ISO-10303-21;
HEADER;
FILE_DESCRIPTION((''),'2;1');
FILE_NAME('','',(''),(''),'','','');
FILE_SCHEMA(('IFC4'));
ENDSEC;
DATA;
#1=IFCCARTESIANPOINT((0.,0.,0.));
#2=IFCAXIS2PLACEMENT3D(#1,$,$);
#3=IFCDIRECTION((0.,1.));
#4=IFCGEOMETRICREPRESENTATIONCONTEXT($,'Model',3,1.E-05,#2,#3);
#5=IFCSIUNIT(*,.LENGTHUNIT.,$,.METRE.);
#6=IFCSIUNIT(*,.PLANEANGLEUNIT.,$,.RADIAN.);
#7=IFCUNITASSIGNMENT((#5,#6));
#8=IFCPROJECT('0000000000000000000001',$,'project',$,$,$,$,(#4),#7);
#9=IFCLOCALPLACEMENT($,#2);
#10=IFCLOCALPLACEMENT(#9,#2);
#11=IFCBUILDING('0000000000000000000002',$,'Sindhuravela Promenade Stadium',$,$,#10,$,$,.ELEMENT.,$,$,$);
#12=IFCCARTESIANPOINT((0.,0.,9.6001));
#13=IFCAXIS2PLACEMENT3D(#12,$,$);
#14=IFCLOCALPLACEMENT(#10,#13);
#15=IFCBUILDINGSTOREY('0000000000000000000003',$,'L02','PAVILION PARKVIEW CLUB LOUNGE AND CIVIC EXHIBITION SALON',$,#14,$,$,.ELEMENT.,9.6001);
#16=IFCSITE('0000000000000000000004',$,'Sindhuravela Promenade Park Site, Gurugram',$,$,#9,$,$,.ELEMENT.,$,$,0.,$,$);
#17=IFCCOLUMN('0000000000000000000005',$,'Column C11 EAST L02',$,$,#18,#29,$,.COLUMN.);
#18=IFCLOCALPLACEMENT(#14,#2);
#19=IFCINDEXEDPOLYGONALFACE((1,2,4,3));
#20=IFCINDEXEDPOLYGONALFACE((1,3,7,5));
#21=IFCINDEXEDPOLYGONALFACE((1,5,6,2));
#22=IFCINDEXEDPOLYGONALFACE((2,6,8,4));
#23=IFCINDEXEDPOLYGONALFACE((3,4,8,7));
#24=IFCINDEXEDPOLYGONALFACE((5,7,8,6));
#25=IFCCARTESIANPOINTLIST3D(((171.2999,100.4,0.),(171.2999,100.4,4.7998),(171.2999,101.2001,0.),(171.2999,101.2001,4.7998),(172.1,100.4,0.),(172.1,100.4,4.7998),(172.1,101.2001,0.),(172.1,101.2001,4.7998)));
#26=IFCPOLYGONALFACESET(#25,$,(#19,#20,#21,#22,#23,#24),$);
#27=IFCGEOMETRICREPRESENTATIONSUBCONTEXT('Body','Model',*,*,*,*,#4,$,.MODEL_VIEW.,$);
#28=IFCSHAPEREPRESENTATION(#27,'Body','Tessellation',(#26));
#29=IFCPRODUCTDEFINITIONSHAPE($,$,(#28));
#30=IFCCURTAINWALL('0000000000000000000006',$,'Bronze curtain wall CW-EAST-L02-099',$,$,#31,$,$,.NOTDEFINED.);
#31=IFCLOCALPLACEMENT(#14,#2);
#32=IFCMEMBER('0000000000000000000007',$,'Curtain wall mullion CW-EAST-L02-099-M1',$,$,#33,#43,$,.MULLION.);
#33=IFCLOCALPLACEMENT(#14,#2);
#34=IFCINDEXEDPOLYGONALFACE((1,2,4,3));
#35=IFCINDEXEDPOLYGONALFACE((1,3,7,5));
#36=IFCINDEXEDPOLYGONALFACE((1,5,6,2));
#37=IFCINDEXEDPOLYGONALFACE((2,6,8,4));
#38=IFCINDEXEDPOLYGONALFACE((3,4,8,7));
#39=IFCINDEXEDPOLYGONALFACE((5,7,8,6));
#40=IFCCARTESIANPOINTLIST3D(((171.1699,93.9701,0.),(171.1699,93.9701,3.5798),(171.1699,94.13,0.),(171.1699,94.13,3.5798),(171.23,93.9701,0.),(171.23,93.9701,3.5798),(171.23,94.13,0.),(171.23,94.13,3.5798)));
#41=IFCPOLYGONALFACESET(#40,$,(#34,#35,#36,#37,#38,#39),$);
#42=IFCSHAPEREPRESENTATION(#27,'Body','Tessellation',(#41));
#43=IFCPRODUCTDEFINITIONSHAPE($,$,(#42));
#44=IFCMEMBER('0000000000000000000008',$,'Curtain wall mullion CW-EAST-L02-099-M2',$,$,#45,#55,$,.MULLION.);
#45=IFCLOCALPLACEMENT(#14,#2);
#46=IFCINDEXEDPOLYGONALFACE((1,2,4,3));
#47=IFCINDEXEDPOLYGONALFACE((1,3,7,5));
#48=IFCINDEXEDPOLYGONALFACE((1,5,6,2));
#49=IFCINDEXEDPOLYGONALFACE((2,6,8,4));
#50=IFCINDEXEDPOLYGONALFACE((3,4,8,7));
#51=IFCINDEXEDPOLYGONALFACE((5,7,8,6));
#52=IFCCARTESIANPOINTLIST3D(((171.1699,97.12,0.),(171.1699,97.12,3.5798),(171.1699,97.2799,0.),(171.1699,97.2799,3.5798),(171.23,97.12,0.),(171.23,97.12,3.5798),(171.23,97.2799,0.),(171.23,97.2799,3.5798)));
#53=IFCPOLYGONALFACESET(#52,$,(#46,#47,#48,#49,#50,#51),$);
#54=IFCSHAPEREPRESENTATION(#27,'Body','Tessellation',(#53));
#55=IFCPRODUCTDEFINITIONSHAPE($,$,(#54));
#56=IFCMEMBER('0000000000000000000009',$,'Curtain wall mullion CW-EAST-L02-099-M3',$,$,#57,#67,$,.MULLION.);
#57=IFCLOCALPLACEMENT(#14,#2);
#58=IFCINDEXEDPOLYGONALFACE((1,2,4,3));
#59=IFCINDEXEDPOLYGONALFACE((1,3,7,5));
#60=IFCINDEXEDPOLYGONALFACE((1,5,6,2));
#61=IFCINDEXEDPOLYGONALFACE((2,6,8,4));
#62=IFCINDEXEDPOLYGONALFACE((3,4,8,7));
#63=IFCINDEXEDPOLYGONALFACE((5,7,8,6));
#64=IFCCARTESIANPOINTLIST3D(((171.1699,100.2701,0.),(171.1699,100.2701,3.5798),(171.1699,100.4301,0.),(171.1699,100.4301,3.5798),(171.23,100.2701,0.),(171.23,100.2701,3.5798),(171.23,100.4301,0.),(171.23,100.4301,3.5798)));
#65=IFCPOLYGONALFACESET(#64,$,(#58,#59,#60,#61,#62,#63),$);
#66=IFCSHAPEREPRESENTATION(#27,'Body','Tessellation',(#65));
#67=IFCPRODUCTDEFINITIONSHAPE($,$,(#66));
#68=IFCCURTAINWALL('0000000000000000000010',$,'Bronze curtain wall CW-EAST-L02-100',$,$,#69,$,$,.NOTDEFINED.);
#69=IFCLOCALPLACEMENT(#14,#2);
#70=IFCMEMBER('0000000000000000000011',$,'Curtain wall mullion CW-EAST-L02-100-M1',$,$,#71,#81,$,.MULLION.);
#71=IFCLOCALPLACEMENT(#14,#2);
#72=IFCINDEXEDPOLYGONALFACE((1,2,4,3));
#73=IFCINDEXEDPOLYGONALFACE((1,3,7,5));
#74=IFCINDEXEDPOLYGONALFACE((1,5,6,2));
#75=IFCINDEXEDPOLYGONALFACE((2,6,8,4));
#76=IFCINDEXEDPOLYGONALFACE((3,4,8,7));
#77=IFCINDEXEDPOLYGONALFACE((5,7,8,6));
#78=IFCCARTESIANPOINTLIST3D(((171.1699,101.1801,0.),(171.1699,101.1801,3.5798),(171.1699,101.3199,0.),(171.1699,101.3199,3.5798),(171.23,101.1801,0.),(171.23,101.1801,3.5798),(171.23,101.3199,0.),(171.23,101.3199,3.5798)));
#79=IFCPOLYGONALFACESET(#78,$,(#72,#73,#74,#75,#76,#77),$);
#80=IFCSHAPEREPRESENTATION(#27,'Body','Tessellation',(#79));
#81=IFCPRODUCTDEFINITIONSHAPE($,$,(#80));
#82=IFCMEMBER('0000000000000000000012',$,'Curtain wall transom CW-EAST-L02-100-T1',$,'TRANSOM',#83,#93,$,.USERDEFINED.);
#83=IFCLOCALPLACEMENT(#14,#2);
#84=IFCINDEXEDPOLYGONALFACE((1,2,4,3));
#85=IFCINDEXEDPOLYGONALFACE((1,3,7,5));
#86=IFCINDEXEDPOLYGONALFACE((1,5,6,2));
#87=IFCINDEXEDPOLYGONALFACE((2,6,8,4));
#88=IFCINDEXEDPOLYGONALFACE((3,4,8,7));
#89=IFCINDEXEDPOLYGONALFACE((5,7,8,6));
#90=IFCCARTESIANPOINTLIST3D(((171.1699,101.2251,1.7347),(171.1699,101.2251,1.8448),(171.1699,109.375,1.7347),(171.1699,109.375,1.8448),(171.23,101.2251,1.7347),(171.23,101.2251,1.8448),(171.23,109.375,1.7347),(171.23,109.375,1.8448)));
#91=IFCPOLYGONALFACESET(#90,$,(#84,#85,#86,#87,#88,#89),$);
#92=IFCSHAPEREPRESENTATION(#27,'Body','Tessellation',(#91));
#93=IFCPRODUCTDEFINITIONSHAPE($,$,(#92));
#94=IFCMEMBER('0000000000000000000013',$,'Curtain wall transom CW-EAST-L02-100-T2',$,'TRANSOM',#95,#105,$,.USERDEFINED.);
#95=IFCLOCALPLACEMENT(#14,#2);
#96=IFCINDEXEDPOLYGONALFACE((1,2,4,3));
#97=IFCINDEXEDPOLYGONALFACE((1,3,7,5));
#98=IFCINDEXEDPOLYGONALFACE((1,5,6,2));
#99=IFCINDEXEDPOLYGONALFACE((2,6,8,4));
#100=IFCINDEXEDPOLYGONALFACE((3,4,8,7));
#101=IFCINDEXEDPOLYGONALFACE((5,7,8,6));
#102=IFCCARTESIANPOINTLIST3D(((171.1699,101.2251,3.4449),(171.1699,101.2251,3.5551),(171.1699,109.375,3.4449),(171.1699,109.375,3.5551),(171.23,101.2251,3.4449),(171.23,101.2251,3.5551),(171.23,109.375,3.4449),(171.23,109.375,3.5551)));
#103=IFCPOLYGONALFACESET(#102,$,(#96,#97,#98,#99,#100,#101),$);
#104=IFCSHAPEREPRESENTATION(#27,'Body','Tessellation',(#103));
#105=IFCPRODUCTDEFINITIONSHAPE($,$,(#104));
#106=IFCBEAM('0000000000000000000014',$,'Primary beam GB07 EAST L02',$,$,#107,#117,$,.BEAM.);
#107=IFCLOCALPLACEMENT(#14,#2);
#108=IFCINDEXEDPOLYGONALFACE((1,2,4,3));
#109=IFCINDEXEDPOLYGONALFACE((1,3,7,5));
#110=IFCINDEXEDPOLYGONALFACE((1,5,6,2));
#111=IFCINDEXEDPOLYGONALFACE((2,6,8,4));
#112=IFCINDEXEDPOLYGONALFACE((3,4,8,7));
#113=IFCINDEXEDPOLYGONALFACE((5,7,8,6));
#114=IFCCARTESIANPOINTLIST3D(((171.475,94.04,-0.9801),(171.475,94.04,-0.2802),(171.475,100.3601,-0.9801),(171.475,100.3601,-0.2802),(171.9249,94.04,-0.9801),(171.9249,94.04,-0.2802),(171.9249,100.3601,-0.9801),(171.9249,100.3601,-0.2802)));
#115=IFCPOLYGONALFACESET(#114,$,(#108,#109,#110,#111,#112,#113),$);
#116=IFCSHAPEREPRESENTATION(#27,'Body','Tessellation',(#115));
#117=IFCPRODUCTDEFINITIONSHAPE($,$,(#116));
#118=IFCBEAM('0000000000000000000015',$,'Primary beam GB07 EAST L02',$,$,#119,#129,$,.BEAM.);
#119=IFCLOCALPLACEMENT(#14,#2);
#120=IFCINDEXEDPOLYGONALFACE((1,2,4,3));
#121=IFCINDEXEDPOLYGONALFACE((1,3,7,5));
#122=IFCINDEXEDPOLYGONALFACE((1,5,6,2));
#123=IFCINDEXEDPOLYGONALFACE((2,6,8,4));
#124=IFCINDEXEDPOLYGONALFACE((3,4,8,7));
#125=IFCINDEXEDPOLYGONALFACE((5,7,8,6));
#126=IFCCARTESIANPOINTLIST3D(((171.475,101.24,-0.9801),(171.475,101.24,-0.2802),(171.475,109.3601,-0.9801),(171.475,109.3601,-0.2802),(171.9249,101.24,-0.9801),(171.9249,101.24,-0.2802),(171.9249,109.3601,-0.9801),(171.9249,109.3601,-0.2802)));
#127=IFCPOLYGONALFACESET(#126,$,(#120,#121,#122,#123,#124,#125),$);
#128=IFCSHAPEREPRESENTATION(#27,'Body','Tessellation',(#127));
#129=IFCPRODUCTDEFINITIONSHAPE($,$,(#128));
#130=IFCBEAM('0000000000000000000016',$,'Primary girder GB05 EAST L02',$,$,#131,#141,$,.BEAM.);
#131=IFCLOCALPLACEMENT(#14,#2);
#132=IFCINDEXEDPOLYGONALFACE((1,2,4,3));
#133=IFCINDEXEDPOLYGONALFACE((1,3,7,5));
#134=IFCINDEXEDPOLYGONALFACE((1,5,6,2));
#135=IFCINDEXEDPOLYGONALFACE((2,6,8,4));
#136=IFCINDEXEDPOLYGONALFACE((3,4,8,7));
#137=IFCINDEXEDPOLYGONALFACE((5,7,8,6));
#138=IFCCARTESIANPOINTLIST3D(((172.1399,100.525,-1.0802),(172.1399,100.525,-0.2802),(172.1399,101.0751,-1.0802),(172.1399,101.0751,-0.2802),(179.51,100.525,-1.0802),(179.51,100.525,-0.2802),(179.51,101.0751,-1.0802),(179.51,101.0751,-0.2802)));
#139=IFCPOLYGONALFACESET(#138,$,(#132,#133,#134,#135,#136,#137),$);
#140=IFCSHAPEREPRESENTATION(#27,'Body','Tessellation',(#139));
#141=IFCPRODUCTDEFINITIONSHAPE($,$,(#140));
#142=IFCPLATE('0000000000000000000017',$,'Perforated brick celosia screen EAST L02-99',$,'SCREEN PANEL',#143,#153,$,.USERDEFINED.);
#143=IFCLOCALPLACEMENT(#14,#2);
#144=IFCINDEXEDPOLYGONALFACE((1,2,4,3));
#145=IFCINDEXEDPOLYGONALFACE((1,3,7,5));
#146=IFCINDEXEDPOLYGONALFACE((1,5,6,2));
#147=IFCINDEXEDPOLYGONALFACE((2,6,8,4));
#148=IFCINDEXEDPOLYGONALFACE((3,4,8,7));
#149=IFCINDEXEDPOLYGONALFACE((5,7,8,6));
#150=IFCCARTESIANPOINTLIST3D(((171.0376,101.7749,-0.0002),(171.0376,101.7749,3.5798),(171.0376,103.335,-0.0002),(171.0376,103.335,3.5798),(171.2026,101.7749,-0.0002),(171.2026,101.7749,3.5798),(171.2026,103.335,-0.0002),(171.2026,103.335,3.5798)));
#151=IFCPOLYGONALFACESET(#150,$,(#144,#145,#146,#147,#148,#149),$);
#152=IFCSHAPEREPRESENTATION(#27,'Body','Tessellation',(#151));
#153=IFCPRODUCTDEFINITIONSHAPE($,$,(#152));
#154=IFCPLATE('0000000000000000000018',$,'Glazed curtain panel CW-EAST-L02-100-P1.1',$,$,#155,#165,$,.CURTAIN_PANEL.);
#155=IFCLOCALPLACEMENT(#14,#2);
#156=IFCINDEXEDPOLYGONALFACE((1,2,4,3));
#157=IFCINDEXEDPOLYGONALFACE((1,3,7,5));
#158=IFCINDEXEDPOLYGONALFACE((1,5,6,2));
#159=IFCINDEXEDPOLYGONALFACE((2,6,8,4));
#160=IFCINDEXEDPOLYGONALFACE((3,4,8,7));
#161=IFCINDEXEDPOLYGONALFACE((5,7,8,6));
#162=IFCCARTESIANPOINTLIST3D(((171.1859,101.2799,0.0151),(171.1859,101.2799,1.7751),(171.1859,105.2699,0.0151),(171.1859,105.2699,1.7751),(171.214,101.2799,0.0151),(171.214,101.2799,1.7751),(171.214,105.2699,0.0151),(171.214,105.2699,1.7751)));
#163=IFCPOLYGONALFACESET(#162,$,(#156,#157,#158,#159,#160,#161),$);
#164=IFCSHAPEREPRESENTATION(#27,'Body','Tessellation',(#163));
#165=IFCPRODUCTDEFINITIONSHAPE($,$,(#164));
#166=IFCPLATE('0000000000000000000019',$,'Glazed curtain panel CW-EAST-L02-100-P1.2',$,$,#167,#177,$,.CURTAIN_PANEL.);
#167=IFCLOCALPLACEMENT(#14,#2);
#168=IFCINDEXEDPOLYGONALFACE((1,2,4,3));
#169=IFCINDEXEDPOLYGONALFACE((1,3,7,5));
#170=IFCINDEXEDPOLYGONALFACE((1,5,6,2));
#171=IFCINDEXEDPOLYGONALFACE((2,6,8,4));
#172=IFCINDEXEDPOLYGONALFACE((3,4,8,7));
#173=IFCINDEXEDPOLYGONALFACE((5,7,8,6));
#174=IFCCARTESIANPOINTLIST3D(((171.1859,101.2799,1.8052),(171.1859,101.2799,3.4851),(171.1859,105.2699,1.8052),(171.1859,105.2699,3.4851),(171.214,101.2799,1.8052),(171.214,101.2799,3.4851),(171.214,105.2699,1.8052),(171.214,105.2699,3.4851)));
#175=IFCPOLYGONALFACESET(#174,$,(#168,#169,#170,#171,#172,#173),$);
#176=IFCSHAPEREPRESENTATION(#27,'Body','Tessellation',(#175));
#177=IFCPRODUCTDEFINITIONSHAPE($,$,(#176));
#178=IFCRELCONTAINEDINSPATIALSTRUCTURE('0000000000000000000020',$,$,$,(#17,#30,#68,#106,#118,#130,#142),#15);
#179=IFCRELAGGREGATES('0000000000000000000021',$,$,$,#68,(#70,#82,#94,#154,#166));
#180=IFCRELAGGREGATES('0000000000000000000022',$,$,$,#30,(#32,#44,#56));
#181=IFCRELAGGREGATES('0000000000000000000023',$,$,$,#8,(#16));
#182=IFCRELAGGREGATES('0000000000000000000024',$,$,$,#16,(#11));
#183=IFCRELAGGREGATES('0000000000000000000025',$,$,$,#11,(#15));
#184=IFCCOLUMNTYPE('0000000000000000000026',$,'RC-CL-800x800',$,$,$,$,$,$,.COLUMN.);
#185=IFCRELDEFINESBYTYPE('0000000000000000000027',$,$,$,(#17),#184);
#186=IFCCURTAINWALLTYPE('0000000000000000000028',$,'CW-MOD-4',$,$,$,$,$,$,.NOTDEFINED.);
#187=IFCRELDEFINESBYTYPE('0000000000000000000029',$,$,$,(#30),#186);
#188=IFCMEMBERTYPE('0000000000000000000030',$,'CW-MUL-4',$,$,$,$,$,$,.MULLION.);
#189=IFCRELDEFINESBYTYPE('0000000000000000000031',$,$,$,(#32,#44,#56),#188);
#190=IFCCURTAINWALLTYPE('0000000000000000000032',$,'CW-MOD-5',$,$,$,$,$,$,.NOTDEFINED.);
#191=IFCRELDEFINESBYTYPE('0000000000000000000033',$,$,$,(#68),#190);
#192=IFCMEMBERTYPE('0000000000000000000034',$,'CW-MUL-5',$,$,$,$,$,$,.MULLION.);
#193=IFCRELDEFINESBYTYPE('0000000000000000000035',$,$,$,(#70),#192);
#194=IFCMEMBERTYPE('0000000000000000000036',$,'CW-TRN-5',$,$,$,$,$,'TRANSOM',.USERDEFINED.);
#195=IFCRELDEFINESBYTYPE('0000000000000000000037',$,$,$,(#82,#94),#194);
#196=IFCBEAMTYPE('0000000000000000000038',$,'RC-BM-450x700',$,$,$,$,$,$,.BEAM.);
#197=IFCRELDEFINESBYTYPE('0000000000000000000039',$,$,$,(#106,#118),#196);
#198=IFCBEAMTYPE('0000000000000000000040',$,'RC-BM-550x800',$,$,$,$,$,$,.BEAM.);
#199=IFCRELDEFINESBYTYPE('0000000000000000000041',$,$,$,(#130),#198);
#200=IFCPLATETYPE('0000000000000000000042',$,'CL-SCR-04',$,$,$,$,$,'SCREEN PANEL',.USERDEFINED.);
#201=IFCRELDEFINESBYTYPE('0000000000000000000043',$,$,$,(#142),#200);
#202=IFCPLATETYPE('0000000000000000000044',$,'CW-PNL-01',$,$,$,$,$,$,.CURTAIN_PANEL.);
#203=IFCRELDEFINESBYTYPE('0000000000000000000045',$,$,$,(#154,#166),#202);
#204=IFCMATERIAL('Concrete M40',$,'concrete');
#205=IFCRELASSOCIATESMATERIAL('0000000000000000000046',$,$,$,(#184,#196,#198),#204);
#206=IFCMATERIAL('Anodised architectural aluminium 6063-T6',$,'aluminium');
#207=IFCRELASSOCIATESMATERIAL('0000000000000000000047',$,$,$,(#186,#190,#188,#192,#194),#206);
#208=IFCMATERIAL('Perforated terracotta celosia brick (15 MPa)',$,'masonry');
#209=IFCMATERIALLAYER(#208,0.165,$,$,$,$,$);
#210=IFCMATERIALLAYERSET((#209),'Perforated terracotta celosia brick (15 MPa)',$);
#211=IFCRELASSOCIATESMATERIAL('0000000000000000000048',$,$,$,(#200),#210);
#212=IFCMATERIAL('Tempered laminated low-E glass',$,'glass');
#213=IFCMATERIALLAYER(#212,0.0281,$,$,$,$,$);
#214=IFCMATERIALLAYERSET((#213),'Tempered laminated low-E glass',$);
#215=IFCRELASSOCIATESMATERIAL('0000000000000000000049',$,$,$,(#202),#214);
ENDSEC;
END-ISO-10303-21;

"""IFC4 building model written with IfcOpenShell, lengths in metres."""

from ifc_helpers import new_model, si_unit, direction, frame, origin, origin_2d, place, context, subcontext, project, spatial, rectangle, extrude, material, layer, layer_set, material_profile, profile_set, type_object, element, aggregate, save


model = new_model("IFC4")

# Units and contexts
model_context = context("Model", 3, precision=1e-05, world=origin(), true_north=direction((0.0, 1.0)))
body_context = subcontext(model_context, "Body", "Model", "MODEL_VIEW")
ifc_project = project(units=[si_unit("LENGTHUNIT", "METRE"), si_unit("PLANEANGLEUNIT", "RADIAN")], contexts=[model_context])

# Site, building, storey
site_placement = place(None, origin())
site = spatial("IfcSite", under=ifc_project, at=site_placement, Name="Sindhuravela Promenade Park Site, Gurugram", CompositionType="ELEMENT", RefElevation=0.0)
building_placement = place(site_placement, origin())
building = spatial("IfcBuilding", under=site, at=building_placement, Name="Sindhuravela Promenade Stadium", CompositionType="ELEMENT")
storey_placement = place(building_placement, frame((0.0, 0.0, 9.6001)))
storey = spatial("IfcBuildingStorey", under=building, at=storey_placement, Name="L02", Description="PAVILION PARKVIEW CLUB LOUNGE AND CIVIC EXHIBITION SALON", CompositionType="ELEMENT", Elevation=9.6001)

# Column
ifc_material_1 = material(Name="Concrete M40", Category="concrete")
ifc_material_profile_1 = material_profile(ifc_material_1, rectangle(XDim=0.8, YDim=0.8, at=origin_2d()), Name="RC 800x800")
ifc_profile_set_1 = profile_set([ifc_material_profile_1], Name="Concrete M40")
column_type = type_object("IfcColumnType", Name="RC-CL-800x800", PredefinedType="COLUMN", material=ifc_profile_set_1)
column_placement = place(storey_placement, frame((171.7, 100.8, 0.0), z_axis=(0.0, 0.0, 1.0), x_axis=(1.0, 0.0, 0.0)))
element("IfcColumn", 1, at=column_placement, inside=storey, type_object=column_type, Name="Column C11 EAST L02", PredefinedType="COLUMN", context=body_context, shape_type="SweptSolid", body=[
    extrude(rectangle(XDim=0.8, YDim=0.8, at=origin_2d()), origin(), (0.0, 0.0, 1.0), 4.7998),
])

# Curtain walls, members
ifc_material_2 = material(Name="Anodised architectural aluminium 6063-T6", Category="aluminium")
curtain_wall_type_1 = type_object("IfcCurtainWallType", Name="CW-MOD-4", PredefinedType="NOTDEFINED", material=ifc_material_2)
curtain_wall_1_placement = place(storey_placement, origin())
curtain_wall_1 = element("IfcCurtainWall", 2, at=curtain_wall_1_placement, inside=storey, type_object=curtain_wall_type_1, Name="Bronze curtain wall CW-EAST-L02-099", PredefinedType="NOTDEFINED")
ifc_material_profile_2 = material_profile(ifc_material_2, rectangle(XDim=0.0601, YDim=0.1599, at=origin_2d()), Name="ALU M60x160")
ifc_profile_set_2 = profile_set([ifc_material_profile_2], Name="Anodised architectural aluminium 6063-T6")
member_type_1 = type_object("IfcMemberType", Name="CW-MUL-4", PredefinedType="MULLION", material=ifc_profile_set_2)
member_1_placement = place(storey_placement, frame((171.2, 94.05, 0.0), z_axis=(0.0, 0.0, 1.0), x_axis=(1.0, 0.0, 0.0)))
member_1 = element("IfcMember", 3, at=member_1_placement, type_object=member_type_1, Name="Curtain wall mullion CW-EAST-L02-099-M1", PredefinedType="MULLION", context=body_context, shape_type="SweptSolid", body=[
    extrude(rectangle(XDim=0.0601, YDim=0.1599, at=origin_2d()), origin(), (0.0, 0.0, 1.0), 3.5798),
])
member_2_placement = place(storey_placement, frame((171.2, 97.2, 0.0), z_axis=(0.0, 0.0, 1.0), x_axis=(1.0, 0.0, 0.0)))
member_2 = element("IfcMember", 4, at=member_2_placement, type_object=member_type_1, Name="Curtain wall mullion CW-EAST-L02-099-M2", PredefinedType="MULLION", context=body_context, shape_type="SweptSolid", body=[
    extrude(rectangle(XDim=0.0601, YDim=0.1599, at=origin_2d()), origin(), (0.0, 0.0, 1.0), 3.5798),
])
member_3_placement = place(storey_placement, frame((171.2, 100.3501, 0.0), z_axis=(0.0, 0.0, 1.0), x_axis=(1.0, 0.0, 0.0)))
member_3 = element("IfcMember", 5, at=member_3_placement, type_object=member_type_1, Name="Curtain wall mullion CW-EAST-L02-099-M3", PredefinedType="MULLION", context=body_context, shape_type="SweptSolid", body=[
    extrude(rectangle(XDim=0.0601, YDim=0.1599, at=origin_2d()), origin(), (0.0, 0.0, 1.0), 3.5798),
])
curtain_wall_type_2 = type_object("IfcCurtainWallType", Name="CW-MOD-5", PredefinedType="NOTDEFINED", material=ifc_material_2)
curtain_wall_2_placement = place(storey_placement, origin())
curtain_wall_2 = element("IfcCurtainWall", 6, at=curtain_wall_2_placement, inside=storey, type_object=curtain_wall_type_2, Name="Bronze curtain wall CW-EAST-L02-100", PredefinedType="NOTDEFINED")
ifc_material_profile_3 = material_profile(ifc_material_2, rectangle(XDim=0.0601, YDim=0.1399, at=origin_2d()), Name="ALU M60x140")
ifc_profile_set_3 = profile_set([ifc_material_profile_3], Name="Anodised architectural aluminium 6063-T6")
member_type_2 = type_object("IfcMemberType", Name="CW-MUL-5", PredefinedType="MULLION", material=ifc_profile_set_3)
member_4_placement = place(storey_placement, frame((171.2, 101.25, 0.0), z_axis=(0.0, 0.0, 1.0), x_axis=(1.0, 0.0, 0.0)))
member_4 = element("IfcMember", 7, at=member_4_placement, type_object=member_type_2, Name="Curtain wall mullion CW-EAST-L02-100-M1", PredefinedType="MULLION", context=body_context, shape_type="SweptSolid", body=[
    extrude(rectangle(XDim=0.0601, YDim=0.1399, at=origin_2d()), origin(), (0.0, 0.0, 1.0), 3.5798),
])
ifc_material_profile_4 = material_profile(ifc_material_2, rectangle(XDim=0.0601, YDim=0.1101, at=origin_2d()), Name="ALU T60x110")
ifc_profile_set_4 = profile_set([ifc_material_profile_4], Name="Anodised architectural aluminium 6063-T6")
member_type_3 = type_object("IfcMemberType", Name="CW-TRN-5", ElementType="TRANSOM", PredefinedType="USERDEFINED", material=ifc_profile_set_4)
member_5_placement = place(storey_placement, frame((171.2, 101.2251, 1.7898), z_axis=(0.0, 1.0, 0.0), x_axis=(-1.0, 0.0, 0.0)))
member_5 = element("IfcMember", 8, at=member_5_placement, type_object=member_type_3, Name="Curtain wall transom CW-EAST-L02-100-T1", ObjectType="TRANSOM", PredefinedType="USERDEFINED", context=body_context, shape_type="SweptSolid", body=[
    extrude(rectangle(XDim=0.0601, YDim=0.1101, at=origin_2d()), origin(), (0.0, 0.0, 1.0), 8.1499),
])
member_6_placement = place(storey_placement, frame((171.2, 101.2251, 3.5), z_axis=(0.0, 1.0, 0.0), x_axis=(-1.0, 0.0, 0.0)))
member_6 = element("IfcMember", 9, at=member_6_placement, type_object=member_type_3, Name="Curtain wall transom CW-EAST-L02-100-T2", ObjectType="TRANSOM", PredefinedType="USERDEFINED", context=body_context, shape_type="SweptSolid", body=[
    extrude(rectangle(XDim=0.0601, YDim=0.1101, at=origin_2d()), origin(), (0.0, 0.0, 1.0), 8.1499),
])

# Beams
ifc_material_profile_5 = material_profile(ifc_material_1, rectangle(XDim=0.45, YDim=0.7, at=origin_2d()), Name="RC 450x700")
ifc_profile_set_5 = profile_set([ifc_material_profile_5], Name="Concrete M40")
beam_type_1 = type_object("IfcBeamType", Name="RC-BM-450x700", PredefinedType="BEAM", material=ifc_profile_set_5)
beam_1_placement = place(storey_placement, frame((171.7, 94.04, -0.6301), z_axis=(0.0, 1.0, 0.0), x_axis=(-1.0, 0.0, 0.0)))
element("IfcBeam", 10, at=beam_1_placement, inside=storey, type_object=beam_type_1, Name="Primary beam GB07 EAST L02", PredefinedType="BEAM", context=body_context, shape_type="SweptSolid", body=[
    extrude(rectangle(XDim=0.45, YDim=0.7, at=origin_2d()), origin(), (0.0, 0.0, 1.0), 6.3201),
])
beam_2_placement = place(storey_placement, frame((171.7, 101.24, -0.6301), z_axis=(0.0, 1.0, 0.0), x_axis=(-1.0, 0.0, 0.0)))
element("IfcBeam", 11, at=beam_2_placement, inside=storey, type_object=beam_type_1, Name="Primary beam GB07 EAST L02", PredefinedType="BEAM", context=body_context, shape_type="SweptSolid", body=[
    extrude(rectangle(XDim=0.45, YDim=0.7, at=origin_2d()), origin(), (0.0, 0.0, 1.0), 8.1201),
])
ifc_material_profile_6 = material_profile(ifc_material_1, rectangle(XDim=0.55, YDim=0.8, at=origin_2d()), Name="RC 550x800")
ifc_profile_set_6 = profile_set([ifc_material_profile_6], Name="Concrete M40")
beam_type_2 = type_object("IfcBeamType", Name="RC-BM-550x800", PredefinedType="BEAM", material=ifc_profile_set_6)
beam_3_placement = place(storey_placement, frame((172.1399, 100.8, -0.6802), z_axis=(1.0, 0.0, 0.0), x_axis=(0.0, 1.0, 0.0)))
element("IfcBeam", 12, at=beam_3_placement, inside=storey, type_object=beam_type_2, Name="Primary girder GB05 EAST L02", PredefinedType="BEAM", context=body_context, shape_type="SweptSolid", body=[
    extrude(rectangle(XDim=0.55, YDim=0.8, at=origin_2d()), origin(), (0.0, 0.0, 1.0), 7.3701),
])

# Plates
ifc_material_3 = material(Name="Perforated terracotta celosia brick (15 MPa)", Category="masonry")
ifc_layer_1 = layer(ifc_material_3, 0.165)
ifc_layer_set_1 = layer_set([ifc_layer_1], Name="Perforated terracotta celosia brick (15 MPa)")
plate_type_1 = type_object("IfcPlateType", Name="CL-SCR-04", ElementType="SCREEN PANEL", PredefinedType="USERDEFINED", material=ifc_layer_set_1)
plate_1_placement = place(storey_placement, frame((171.1201, 102.5549, -0.0002), z_axis=(0.0, 0.0, 1.0), x_axis=(0.0, 1.0, 0.0)))
element("IfcPlate", 13, at=plate_1_placement, inside=storey, type_object=plate_type_1, Name="Perforated brick celosia screen EAST L02-99", ObjectType="SCREEN PANEL", PredefinedType="USERDEFINED", context=body_context, shape_type="SweptSolid", body=[
    extrude(rectangle(XDim=1.5601, YDim=0.165, at=origin_2d()), origin(), (0.0, 0.0, 1.0), 3.5801),
])
ifc_material_4 = material(Name="Tempered laminated low-E glass", Category="glass")
ifc_layer_2 = layer(ifc_material_4, 0.0281)
ifc_layer_set_2 = layer_set([ifc_layer_2], Name="Tempered laminated low-E glass")
plate_type_2 = type_object("IfcPlateType", Name="CW-PNL-01", PredefinedType="CURTAIN_PANEL", material=ifc_layer_set_2)
plate_2_placement = place(storey_placement, frame((171.2, 103.2749, 0.0151), z_axis=(0.0, 0.0, 1.0), x_axis=(0.0, 1.0, 0.0)))
plate_2 = element("IfcPlate", 14, at=plate_2_placement, type_object=plate_type_2, Name="Glazed curtain panel CW-EAST-L02-100-P1.1", PredefinedType="CURTAIN_PANEL", context=body_context, shape_type="SweptSolid", body=[
    extrude(rectangle(XDim=3.99, YDim=0.0281, at=origin_2d()), origin(), (0.0, 0.0, 1.0), 1.76),
])
plate_3_placement = place(storey_placement, frame((171.2, 103.2749, 1.8052), z_axis=(0.0, 0.0, 1.0), x_axis=(0.0, 1.0, 0.0)))
plate_3 = element("IfcPlate", 15, at=plate_3_placement, type_object=plate_type_2, Name="Glazed curtain panel CW-EAST-L02-100-P1.2", PredefinedType="CURTAIN_PANEL", context=body_context, shape_type="SweptSolid", body=[
    extrude(rectangle(XDim=3.99, YDim=0.0281, at=origin_2d()), origin(), (0.0, 0.0, 1.0), 1.6799),
])
aggregate(curtain_wall_2, [member_4, member_5, member_6, plate_2, plate_3])
aggregate(curtain_wall_1, [member_1, member_2, member_3])

save(model, "model.ifc")
